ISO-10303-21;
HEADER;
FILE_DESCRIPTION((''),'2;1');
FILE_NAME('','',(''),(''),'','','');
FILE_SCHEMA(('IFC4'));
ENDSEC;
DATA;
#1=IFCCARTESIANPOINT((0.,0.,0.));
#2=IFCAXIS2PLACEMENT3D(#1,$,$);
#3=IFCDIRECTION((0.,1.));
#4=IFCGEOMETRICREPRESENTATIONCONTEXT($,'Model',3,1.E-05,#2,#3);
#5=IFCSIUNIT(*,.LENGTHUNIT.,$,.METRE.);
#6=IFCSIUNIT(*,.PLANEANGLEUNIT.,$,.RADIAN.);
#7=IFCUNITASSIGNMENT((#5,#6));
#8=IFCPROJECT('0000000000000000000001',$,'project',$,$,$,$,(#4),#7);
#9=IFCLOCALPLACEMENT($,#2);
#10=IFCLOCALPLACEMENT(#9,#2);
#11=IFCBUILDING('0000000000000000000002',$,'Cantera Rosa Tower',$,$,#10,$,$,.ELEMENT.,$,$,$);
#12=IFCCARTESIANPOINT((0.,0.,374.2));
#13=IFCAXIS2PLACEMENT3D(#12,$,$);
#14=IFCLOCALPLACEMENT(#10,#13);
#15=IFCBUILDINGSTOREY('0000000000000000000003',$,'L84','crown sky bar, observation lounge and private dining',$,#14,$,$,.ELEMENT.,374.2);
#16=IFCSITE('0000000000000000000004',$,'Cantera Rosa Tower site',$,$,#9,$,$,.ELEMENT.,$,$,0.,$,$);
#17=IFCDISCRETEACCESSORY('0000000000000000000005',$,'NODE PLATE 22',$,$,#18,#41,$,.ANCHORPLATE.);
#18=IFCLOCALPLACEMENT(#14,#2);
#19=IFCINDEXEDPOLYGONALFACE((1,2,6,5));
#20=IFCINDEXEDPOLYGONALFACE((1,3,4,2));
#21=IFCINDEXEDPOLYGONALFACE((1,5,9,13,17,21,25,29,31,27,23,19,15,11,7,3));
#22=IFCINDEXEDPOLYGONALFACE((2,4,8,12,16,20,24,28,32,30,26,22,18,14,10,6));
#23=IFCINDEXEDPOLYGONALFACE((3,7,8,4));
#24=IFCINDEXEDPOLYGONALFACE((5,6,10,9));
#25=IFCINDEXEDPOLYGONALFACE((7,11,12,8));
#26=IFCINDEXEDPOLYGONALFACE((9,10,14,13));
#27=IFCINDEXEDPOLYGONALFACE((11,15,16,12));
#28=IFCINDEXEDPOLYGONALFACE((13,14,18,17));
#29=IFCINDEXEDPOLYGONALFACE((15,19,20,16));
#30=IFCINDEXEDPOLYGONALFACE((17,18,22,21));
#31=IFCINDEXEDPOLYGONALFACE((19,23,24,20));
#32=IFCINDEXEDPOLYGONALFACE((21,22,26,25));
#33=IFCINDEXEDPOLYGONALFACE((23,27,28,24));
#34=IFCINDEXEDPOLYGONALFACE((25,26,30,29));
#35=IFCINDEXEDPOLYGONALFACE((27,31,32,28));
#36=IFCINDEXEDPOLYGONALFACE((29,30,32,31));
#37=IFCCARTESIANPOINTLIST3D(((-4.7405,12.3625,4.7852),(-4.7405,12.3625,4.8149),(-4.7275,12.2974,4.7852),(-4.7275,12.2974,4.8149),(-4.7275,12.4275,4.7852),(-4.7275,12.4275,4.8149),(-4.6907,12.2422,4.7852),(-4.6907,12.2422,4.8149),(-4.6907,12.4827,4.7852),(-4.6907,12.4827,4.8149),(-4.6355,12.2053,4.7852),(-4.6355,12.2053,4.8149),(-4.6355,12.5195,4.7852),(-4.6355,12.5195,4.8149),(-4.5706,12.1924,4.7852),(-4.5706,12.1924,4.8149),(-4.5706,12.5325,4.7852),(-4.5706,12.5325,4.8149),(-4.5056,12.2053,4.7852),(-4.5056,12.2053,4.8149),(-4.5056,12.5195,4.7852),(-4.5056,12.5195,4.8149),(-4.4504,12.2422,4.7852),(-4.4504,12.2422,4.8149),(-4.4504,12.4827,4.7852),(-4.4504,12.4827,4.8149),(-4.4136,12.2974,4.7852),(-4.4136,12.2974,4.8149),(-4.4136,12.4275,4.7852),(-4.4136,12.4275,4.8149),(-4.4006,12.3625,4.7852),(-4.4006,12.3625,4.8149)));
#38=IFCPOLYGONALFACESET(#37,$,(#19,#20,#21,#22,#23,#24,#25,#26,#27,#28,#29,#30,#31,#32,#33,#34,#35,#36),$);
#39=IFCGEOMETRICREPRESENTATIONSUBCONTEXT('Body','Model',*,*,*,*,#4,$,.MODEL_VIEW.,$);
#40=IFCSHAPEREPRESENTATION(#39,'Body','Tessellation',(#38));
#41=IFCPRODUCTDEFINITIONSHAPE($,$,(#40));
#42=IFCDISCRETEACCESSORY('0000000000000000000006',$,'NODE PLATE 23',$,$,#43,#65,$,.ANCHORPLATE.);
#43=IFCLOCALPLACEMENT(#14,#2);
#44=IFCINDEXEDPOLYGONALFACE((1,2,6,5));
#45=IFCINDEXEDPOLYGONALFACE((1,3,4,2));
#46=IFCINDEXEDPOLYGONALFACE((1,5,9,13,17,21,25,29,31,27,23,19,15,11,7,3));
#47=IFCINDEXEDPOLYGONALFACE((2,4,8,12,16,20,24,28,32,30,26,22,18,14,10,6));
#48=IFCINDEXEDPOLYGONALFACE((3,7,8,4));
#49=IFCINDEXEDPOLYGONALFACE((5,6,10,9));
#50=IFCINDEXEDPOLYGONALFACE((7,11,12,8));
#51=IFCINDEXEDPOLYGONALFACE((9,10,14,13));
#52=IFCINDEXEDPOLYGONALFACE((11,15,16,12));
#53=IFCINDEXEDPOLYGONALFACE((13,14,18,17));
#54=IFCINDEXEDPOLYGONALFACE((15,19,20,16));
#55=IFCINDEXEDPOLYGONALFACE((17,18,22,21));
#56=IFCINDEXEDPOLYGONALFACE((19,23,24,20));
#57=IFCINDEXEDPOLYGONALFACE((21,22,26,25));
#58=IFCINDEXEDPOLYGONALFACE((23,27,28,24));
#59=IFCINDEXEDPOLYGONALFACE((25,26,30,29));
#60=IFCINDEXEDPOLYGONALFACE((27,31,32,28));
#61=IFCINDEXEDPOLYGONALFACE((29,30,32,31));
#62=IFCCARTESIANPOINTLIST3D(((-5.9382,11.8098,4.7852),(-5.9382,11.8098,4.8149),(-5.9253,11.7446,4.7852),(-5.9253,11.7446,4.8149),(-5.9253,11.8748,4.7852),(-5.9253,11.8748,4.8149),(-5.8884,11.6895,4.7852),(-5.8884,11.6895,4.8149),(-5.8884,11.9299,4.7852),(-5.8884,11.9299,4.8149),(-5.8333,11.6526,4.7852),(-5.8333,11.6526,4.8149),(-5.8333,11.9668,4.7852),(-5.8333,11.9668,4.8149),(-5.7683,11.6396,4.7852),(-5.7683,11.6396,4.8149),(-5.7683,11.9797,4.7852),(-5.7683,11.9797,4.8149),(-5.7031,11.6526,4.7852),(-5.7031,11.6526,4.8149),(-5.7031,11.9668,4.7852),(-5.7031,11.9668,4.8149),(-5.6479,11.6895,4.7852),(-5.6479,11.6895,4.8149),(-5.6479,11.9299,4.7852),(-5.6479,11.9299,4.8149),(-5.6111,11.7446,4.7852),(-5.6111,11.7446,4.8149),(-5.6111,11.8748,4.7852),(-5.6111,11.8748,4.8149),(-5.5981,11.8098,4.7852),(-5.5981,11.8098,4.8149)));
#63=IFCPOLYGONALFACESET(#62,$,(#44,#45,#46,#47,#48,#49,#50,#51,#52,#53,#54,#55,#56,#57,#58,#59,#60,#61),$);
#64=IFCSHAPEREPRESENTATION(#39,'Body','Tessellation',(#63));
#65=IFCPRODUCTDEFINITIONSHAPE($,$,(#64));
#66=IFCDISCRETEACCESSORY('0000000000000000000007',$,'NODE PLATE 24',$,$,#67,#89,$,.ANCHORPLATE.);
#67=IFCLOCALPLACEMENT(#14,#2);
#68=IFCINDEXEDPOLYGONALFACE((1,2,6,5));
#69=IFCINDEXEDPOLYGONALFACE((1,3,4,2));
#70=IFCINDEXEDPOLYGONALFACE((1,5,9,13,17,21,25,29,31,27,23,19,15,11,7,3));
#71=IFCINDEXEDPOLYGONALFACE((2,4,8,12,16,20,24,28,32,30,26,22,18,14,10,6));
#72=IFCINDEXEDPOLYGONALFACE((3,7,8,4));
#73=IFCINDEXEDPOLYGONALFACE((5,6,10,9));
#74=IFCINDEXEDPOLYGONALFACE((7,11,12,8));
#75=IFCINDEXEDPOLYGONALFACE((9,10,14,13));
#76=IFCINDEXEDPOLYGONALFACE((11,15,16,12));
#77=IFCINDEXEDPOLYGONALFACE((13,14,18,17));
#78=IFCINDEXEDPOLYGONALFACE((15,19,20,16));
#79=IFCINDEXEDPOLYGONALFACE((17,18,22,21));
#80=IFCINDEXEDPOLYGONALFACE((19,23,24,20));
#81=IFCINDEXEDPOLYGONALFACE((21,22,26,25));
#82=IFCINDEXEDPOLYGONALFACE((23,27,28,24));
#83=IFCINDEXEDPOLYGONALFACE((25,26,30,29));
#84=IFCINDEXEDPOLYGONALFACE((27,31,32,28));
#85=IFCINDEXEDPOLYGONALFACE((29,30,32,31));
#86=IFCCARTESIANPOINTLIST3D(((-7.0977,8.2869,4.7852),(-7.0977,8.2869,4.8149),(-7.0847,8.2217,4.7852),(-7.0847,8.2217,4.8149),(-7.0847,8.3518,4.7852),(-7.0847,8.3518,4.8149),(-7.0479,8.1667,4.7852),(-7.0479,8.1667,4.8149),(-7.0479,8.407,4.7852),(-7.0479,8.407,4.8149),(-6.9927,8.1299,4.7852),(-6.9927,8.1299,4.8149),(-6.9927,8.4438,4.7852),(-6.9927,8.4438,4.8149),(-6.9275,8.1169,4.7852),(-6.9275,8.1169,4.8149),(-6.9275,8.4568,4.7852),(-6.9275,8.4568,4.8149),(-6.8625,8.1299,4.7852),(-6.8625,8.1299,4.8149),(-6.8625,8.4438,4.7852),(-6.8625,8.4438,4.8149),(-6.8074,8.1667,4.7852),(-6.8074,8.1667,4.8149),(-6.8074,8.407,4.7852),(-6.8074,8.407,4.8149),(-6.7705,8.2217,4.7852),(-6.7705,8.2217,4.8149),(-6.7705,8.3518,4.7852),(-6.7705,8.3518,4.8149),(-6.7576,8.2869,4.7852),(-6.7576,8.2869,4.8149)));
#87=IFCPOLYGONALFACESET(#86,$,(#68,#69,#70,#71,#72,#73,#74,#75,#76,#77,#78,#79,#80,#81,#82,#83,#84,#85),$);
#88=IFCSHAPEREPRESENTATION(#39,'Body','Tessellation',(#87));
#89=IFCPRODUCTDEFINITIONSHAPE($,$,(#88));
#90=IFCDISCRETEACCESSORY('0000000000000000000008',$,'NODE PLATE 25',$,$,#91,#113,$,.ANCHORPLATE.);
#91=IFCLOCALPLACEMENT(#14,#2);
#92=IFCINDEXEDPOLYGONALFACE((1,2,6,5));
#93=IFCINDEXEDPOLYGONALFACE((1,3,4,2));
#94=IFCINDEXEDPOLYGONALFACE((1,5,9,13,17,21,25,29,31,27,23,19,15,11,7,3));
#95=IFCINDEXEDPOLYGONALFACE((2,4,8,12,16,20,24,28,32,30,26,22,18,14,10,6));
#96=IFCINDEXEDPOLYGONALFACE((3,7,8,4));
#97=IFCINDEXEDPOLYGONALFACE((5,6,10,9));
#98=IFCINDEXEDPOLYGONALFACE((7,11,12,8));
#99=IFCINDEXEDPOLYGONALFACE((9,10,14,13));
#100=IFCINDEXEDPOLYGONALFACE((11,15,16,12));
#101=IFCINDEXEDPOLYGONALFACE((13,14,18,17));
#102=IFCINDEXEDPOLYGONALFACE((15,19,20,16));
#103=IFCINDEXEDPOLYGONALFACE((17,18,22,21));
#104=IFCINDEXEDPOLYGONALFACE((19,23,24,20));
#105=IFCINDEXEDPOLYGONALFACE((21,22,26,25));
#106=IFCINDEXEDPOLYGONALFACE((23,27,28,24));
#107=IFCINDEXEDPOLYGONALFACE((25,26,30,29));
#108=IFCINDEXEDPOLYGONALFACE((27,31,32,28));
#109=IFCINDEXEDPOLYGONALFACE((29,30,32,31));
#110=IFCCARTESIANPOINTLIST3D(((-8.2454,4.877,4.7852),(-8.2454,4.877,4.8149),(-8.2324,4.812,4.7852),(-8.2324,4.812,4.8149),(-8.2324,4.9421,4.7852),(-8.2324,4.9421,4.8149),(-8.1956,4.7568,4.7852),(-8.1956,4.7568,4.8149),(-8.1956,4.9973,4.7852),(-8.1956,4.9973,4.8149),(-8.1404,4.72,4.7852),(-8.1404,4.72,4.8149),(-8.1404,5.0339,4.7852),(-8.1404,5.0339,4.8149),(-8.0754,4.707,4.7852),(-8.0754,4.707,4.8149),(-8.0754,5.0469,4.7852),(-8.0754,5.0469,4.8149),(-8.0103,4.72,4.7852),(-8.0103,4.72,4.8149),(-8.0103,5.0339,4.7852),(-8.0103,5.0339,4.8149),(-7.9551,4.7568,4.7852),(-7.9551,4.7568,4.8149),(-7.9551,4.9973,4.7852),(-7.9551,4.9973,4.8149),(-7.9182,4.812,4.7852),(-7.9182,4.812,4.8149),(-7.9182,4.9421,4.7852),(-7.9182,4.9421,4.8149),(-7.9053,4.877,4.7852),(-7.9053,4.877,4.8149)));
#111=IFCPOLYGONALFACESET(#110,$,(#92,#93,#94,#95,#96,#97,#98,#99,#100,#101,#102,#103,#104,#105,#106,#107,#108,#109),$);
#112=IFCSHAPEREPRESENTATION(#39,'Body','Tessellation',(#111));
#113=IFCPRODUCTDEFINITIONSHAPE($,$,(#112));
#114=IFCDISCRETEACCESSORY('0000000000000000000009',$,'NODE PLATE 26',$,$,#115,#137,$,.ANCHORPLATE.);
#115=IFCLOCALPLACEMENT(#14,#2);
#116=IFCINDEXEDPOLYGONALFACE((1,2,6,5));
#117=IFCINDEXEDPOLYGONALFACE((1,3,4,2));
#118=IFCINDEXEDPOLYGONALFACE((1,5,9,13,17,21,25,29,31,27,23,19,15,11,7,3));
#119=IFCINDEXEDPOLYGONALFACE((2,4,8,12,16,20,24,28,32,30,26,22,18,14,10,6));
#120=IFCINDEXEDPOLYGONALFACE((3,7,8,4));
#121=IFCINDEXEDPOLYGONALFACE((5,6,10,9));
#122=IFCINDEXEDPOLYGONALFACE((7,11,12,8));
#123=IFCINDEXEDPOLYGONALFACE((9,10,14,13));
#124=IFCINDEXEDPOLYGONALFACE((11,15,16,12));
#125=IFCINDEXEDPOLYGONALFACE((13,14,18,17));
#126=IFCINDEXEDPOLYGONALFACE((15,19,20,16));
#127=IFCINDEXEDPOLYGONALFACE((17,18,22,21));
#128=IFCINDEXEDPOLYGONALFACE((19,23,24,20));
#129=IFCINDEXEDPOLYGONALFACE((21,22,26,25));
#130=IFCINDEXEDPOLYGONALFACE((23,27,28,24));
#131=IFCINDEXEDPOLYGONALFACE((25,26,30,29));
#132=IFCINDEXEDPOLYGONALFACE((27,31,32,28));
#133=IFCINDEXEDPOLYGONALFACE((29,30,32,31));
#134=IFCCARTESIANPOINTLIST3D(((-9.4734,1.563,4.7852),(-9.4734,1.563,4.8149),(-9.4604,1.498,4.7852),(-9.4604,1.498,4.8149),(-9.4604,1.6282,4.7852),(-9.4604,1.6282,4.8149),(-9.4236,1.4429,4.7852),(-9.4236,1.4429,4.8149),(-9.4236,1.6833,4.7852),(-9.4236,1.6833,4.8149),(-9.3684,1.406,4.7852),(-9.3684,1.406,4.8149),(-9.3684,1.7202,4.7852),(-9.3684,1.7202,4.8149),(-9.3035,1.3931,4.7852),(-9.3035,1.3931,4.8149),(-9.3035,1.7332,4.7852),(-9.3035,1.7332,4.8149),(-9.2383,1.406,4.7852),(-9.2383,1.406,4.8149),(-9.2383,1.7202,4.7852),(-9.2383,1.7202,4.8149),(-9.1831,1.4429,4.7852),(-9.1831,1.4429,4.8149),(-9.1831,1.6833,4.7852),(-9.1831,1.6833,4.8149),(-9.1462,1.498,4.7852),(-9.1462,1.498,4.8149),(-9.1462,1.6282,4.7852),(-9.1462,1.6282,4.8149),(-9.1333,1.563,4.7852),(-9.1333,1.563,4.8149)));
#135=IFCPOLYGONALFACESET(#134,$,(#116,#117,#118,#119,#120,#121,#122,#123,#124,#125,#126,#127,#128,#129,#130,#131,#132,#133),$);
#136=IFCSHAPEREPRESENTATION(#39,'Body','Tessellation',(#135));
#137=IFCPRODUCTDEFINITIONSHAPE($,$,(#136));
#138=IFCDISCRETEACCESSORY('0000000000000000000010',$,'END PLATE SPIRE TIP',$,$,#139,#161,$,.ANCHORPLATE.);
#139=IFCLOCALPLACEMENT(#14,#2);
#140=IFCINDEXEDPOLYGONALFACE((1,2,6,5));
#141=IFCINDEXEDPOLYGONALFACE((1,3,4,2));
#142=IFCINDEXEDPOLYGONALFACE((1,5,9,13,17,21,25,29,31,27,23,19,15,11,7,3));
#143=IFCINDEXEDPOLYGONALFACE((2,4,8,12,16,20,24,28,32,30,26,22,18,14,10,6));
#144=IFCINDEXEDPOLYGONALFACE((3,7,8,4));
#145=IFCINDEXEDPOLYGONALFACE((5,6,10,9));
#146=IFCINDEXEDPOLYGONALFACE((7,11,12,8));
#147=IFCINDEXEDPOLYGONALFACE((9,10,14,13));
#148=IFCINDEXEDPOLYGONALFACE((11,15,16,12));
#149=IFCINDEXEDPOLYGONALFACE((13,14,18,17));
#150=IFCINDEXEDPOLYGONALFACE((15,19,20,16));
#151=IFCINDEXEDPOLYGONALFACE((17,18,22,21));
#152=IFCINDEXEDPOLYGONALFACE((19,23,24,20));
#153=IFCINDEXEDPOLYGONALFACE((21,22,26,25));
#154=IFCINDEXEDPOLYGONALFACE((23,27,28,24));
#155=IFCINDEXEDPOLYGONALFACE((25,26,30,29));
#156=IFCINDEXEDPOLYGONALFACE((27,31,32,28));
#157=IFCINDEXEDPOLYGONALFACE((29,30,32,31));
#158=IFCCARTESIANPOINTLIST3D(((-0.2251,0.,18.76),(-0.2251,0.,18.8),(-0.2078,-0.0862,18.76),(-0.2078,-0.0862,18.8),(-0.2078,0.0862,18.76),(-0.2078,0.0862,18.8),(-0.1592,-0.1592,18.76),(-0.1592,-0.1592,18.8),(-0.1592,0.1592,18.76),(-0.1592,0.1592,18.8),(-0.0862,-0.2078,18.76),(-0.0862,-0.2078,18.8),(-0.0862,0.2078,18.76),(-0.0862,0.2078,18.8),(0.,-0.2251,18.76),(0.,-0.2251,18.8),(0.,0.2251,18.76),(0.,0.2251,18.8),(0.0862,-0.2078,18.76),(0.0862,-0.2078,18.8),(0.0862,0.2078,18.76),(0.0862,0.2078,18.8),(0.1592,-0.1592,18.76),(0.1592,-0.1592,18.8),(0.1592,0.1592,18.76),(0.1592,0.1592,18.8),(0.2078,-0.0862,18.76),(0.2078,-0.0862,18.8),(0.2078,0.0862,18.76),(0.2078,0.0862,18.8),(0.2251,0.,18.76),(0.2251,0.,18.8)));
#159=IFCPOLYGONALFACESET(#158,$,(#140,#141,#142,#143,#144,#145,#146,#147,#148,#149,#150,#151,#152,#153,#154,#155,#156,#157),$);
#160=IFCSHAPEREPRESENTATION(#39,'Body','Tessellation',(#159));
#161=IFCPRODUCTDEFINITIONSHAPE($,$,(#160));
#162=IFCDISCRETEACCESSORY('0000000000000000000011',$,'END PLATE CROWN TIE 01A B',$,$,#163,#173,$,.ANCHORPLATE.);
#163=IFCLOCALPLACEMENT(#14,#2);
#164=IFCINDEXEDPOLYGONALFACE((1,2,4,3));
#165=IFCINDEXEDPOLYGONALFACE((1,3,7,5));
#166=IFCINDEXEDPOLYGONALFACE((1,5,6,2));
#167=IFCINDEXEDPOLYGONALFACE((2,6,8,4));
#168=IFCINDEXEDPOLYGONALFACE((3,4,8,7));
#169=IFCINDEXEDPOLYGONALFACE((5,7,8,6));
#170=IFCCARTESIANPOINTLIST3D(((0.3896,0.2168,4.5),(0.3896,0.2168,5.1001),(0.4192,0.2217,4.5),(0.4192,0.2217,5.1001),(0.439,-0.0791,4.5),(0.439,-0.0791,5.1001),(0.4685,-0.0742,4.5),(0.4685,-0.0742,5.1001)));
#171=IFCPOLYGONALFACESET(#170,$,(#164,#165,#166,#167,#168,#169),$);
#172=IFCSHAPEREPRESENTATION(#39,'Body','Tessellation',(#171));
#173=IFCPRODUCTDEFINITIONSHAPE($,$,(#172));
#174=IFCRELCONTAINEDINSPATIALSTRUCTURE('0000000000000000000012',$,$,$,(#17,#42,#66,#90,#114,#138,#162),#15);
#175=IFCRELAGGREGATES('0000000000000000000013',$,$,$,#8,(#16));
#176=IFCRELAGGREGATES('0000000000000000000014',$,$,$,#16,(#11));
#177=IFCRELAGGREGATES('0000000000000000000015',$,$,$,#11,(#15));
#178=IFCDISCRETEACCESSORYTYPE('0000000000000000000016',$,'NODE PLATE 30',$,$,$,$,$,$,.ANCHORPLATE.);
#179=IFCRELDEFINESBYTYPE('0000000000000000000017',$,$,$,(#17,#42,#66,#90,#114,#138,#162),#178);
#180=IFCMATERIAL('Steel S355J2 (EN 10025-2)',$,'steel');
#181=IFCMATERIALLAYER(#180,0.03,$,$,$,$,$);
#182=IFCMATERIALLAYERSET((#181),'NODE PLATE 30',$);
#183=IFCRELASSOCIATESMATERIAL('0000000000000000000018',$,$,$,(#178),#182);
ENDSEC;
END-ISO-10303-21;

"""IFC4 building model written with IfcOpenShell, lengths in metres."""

from ifc_helpers import new_model, si_unit, direction, frame, origin, place, context, subcontext, project, spatial, polyline, outline, extrude, material, layer, layer_set, type_object, element, save


model = new_model("IFC4")

# Units and contexts
model_context = context("Model", 3, precision=1e-05, world=origin(), true_north=direction((0.0, 1.0)))
body_context = subcontext(model_context, "Body", "Model", "MODEL_VIEW")
ifc_project = project(units=[si_unit("LENGTHUNIT", "METRE"), si_unit("PLANEANGLEUNIT", "RADIAN")], contexts=[model_context])

# Site, building, storey
site_placement = place(None, origin())
site = spatial("IfcSite", under=ifc_project, at=site_placement, Name="Cantera Rosa Tower site", CompositionType="ELEMENT", RefElevation=0.0)
building_placement = place(site_placement, origin())
building = spatial("IfcBuilding", under=site, at=building_placement, Name="Cantera Rosa Tower", CompositionType="ELEMENT")
storey_placement = place(building_placement, frame((0.0, 0.0, 374.2)))
storey = spatial("IfcBuildingStorey", under=building, at=storey_placement, Name="L84", Description="crown sky bar, observation lounge and private dining", CompositionType="ELEMENT", Elevation=374.2)

# Shared definitions
ifc_material_1 = material(Name="Steel S355J2 (EN 10025-2)", Category="steel")
ifc_layer_1 = layer(ifc_material_1, 0.03)
ifc_layer_set_1 = layer_set([ifc_layer_1], Name="NODE PLATE 30")
discrete_accessory_type = type_object("IfcDiscreteAccessoryType", Name="NODE PLATE 30", PredefinedType="ANCHORPLATE", material=ifc_layer_set_1)

# Discrete accessories
discrete_accessory_1_placement = place(storey_placement, frame((0.0, 0.0, 4.7852)))
element("IfcDiscreteAccessory", 1, at=discrete_accessory_1_placement, inside=storey, type_object=discrete_accessory_type, Name="NODE PLATE 22", PredefinedType="ANCHORPLATE", context=body_context, shape_type="SweptSolid", body=[
    extrude(outline(polyline([(-4.4006, 12.3625), (-4.4136, 12.4275), (-4.4504, 12.4827), (-4.5056, 12.5195), (-4.5706, 12.5325), (-4.6355, 12.5195), (-4.6907, 12.4827), (-4.7275, 12.4275), (-4.7405, 12.3625), (-4.7275, 12.2974), (-4.6907, 12.2422), (-4.6355, 12.2053), (-4.5706, 12.1924), (-4.5056, 12.2053), (-4.4504, 12.2422), (-4.4136, 12.2974), (-4.4006, 12.3625)])), origin(), (0.0, 0.0, 1.0), 0.0298),
])
discrete_accessory_2_placement = place(storey_placement, frame((0.0, 0.0, 4.7852)))
element("IfcDiscreteAccessory", 2, at=discrete_accessory_2_placement, inside=storey, type_object=discrete_accessory_type, Name="NODE PLATE 23", PredefinedType="ANCHORPLATE", context=body_context, shape_type="SweptSolid", body=[
    extrude(outline(polyline([(-5.5981, 11.8098), (-5.6111, 11.8748), (-5.6479, 11.9299), (-5.7031, 11.9668), (-5.7683, 11.9797), (-5.8333, 11.9668), (-5.8884, 11.9299), (-5.9253, 11.8748), (-5.9382, 11.8098), (-5.9253, 11.7446), (-5.8884, 11.6895), (-5.8333, 11.6526), (-5.7683, 11.6396), (-5.7031, 11.6526), (-5.6479, 11.6895), (-5.6111, 11.7446), (-5.5981, 11.8098)])), origin(), (0.0, 0.0, 1.0), 0.0298),
])
discrete_accessory_3_placement = place(storey_placement, frame((0.0, 0.0, 4.7852)))
element("IfcDiscreteAccessory", 3, at=discrete_accessory_3_placement, inside=storey, type_object=discrete_accessory_type, Name="NODE PLATE 24", PredefinedType="ANCHORPLATE", context=body_context, shape_type="SweptSolid", body=[
    extrude(outline(polyline([(-6.7576, 8.2869), (-6.7705, 8.3518), (-6.8074, 8.407), (-6.8625, 8.4438), (-6.9275, 8.4568), (-6.9927, 8.4438), (-7.0479, 8.407), (-7.0847, 8.3518), (-7.0977, 8.2869), (-7.0847, 8.2217), (-7.0479, 8.1667), (-6.9927, 8.1299), (-6.9275, 8.1169), (-6.8625, 8.1299), (-6.8074, 8.1667), (-6.7705, 8.2217), (-6.7576, 8.2869)])), origin(), (0.0, 0.0, 1.0), 0.0298),
])
discrete_accessory_4_placement = place(storey_placement, frame((0.0, 0.0, 4.7852)))
element("IfcDiscreteAccessory", 4, at=discrete_accessory_4_placement, inside=storey, type_object=discrete_accessory_type, Name="NODE PLATE 25", PredefinedType="ANCHORPLATE", context=body_context, shape_type="SweptSolid", body=[
    extrude(outline(polyline([(-7.9053, 4.877), (-7.9182, 4.9421), (-7.9551, 4.9973), (-8.0103, 5.0339), (-8.0754, 5.0469), (-8.1404, 5.0339), (-8.1956, 4.9973), (-8.2324, 4.9421), (-8.2454, 4.877), (-8.2324, 4.812), (-8.1956, 4.7568), (-8.1404, 4.72), (-8.0754, 4.707), (-8.0103, 4.72), (-7.9551, 4.7568), (-7.9182, 4.812), (-7.9053, 4.877)])), origin(), (0.0, 0.0, 1.0), 0.0298),
])
discrete_accessory_5_placement = place(storey_placement, frame((0.0, 0.0, 4.7852)))
element("IfcDiscreteAccessory", 5, at=discrete_accessory_5_placement, inside=storey, type_object=discrete_accessory_type, Name="NODE PLATE 26", PredefinedType="ANCHORPLATE", context=body_context, shape_type="SweptSolid", body=[
    extrude(outline(polyline([(-9.1333, 1.563), (-9.1462, 1.6282), (-9.1831, 1.6833), (-9.2383, 1.7202), (-9.3035, 1.7332), (-9.3684, 1.7202), (-9.4236, 1.6833), (-9.4604, 1.6282), (-9.4734, 1.563), (-9.4604, 1.498), (-9.4236, 1.4429), (-9.3684, 1.406), (-9.3035, 1.3931), (-9.2383, 1.406), (-9.1831, 1.4429), (-9.1462, 1.498), (-9.1333, 1.563)])), origin(), (0.0, 0.0, 1.0), 0.0298),
])
discrete_accessory_6_placement = place(storey_placement, frame((0.0, 0.0, 18.76)))
element("IfcDiscreteAccessory", 6, at=discrete_accessory_6_placement, inside=storey, type_object=discrete_accessory_type, Name="END PLATE SPIRE TIP", PredefinedType="ANCHORPLATE", context=body_context, shape_type="SweptSolid", body=[
    extrude(outline(polyline([(0.2251, 0.0), (0.2078, 0.0862), (0.1592, 0.1592), (0.0862, 0.2078), (0.0, 0.2251), (-0.0862, 0.2078), (-0.1592, 0.1592), (-0.2078, 0.0862), (-0.2251, 0.0), (-0.2078, -0.0862), (-0.1592, -0.1592), (-0.0862, -0.2078), (0.0, -0.2251), (0.0862, -0.2078), (0.1592, -0.1592), (0.2078, -0.0862), (0.2251, 0.0)])), origin(), (0.0, 0.0, 1.0), 0.04),
])
discrete_accessory_7_placement = place(storey_placement, frame((0.0, 0.0, 4.5)))
element("IfcDiscreteAccessory", 7, at=discrete_accessory_7_placement, inside=storey, type_object=discrete_accessory_type, Name="END PLATE CROWN TIE 01A B", PredefinedType="ANCHORPLATE", context=body_context, shape_type="SweptSolid", body=[
    extrude(outline(polyline([(0.4685, -0.0742), (0.439, -0.0791), (0.3896, 0.2168), (0.4192, 0.2217), (0.4685, -0.0742)])), origin(), (0.0, 0.0, 1.0), 0.6001),
])

save(model, "model.ifc")
